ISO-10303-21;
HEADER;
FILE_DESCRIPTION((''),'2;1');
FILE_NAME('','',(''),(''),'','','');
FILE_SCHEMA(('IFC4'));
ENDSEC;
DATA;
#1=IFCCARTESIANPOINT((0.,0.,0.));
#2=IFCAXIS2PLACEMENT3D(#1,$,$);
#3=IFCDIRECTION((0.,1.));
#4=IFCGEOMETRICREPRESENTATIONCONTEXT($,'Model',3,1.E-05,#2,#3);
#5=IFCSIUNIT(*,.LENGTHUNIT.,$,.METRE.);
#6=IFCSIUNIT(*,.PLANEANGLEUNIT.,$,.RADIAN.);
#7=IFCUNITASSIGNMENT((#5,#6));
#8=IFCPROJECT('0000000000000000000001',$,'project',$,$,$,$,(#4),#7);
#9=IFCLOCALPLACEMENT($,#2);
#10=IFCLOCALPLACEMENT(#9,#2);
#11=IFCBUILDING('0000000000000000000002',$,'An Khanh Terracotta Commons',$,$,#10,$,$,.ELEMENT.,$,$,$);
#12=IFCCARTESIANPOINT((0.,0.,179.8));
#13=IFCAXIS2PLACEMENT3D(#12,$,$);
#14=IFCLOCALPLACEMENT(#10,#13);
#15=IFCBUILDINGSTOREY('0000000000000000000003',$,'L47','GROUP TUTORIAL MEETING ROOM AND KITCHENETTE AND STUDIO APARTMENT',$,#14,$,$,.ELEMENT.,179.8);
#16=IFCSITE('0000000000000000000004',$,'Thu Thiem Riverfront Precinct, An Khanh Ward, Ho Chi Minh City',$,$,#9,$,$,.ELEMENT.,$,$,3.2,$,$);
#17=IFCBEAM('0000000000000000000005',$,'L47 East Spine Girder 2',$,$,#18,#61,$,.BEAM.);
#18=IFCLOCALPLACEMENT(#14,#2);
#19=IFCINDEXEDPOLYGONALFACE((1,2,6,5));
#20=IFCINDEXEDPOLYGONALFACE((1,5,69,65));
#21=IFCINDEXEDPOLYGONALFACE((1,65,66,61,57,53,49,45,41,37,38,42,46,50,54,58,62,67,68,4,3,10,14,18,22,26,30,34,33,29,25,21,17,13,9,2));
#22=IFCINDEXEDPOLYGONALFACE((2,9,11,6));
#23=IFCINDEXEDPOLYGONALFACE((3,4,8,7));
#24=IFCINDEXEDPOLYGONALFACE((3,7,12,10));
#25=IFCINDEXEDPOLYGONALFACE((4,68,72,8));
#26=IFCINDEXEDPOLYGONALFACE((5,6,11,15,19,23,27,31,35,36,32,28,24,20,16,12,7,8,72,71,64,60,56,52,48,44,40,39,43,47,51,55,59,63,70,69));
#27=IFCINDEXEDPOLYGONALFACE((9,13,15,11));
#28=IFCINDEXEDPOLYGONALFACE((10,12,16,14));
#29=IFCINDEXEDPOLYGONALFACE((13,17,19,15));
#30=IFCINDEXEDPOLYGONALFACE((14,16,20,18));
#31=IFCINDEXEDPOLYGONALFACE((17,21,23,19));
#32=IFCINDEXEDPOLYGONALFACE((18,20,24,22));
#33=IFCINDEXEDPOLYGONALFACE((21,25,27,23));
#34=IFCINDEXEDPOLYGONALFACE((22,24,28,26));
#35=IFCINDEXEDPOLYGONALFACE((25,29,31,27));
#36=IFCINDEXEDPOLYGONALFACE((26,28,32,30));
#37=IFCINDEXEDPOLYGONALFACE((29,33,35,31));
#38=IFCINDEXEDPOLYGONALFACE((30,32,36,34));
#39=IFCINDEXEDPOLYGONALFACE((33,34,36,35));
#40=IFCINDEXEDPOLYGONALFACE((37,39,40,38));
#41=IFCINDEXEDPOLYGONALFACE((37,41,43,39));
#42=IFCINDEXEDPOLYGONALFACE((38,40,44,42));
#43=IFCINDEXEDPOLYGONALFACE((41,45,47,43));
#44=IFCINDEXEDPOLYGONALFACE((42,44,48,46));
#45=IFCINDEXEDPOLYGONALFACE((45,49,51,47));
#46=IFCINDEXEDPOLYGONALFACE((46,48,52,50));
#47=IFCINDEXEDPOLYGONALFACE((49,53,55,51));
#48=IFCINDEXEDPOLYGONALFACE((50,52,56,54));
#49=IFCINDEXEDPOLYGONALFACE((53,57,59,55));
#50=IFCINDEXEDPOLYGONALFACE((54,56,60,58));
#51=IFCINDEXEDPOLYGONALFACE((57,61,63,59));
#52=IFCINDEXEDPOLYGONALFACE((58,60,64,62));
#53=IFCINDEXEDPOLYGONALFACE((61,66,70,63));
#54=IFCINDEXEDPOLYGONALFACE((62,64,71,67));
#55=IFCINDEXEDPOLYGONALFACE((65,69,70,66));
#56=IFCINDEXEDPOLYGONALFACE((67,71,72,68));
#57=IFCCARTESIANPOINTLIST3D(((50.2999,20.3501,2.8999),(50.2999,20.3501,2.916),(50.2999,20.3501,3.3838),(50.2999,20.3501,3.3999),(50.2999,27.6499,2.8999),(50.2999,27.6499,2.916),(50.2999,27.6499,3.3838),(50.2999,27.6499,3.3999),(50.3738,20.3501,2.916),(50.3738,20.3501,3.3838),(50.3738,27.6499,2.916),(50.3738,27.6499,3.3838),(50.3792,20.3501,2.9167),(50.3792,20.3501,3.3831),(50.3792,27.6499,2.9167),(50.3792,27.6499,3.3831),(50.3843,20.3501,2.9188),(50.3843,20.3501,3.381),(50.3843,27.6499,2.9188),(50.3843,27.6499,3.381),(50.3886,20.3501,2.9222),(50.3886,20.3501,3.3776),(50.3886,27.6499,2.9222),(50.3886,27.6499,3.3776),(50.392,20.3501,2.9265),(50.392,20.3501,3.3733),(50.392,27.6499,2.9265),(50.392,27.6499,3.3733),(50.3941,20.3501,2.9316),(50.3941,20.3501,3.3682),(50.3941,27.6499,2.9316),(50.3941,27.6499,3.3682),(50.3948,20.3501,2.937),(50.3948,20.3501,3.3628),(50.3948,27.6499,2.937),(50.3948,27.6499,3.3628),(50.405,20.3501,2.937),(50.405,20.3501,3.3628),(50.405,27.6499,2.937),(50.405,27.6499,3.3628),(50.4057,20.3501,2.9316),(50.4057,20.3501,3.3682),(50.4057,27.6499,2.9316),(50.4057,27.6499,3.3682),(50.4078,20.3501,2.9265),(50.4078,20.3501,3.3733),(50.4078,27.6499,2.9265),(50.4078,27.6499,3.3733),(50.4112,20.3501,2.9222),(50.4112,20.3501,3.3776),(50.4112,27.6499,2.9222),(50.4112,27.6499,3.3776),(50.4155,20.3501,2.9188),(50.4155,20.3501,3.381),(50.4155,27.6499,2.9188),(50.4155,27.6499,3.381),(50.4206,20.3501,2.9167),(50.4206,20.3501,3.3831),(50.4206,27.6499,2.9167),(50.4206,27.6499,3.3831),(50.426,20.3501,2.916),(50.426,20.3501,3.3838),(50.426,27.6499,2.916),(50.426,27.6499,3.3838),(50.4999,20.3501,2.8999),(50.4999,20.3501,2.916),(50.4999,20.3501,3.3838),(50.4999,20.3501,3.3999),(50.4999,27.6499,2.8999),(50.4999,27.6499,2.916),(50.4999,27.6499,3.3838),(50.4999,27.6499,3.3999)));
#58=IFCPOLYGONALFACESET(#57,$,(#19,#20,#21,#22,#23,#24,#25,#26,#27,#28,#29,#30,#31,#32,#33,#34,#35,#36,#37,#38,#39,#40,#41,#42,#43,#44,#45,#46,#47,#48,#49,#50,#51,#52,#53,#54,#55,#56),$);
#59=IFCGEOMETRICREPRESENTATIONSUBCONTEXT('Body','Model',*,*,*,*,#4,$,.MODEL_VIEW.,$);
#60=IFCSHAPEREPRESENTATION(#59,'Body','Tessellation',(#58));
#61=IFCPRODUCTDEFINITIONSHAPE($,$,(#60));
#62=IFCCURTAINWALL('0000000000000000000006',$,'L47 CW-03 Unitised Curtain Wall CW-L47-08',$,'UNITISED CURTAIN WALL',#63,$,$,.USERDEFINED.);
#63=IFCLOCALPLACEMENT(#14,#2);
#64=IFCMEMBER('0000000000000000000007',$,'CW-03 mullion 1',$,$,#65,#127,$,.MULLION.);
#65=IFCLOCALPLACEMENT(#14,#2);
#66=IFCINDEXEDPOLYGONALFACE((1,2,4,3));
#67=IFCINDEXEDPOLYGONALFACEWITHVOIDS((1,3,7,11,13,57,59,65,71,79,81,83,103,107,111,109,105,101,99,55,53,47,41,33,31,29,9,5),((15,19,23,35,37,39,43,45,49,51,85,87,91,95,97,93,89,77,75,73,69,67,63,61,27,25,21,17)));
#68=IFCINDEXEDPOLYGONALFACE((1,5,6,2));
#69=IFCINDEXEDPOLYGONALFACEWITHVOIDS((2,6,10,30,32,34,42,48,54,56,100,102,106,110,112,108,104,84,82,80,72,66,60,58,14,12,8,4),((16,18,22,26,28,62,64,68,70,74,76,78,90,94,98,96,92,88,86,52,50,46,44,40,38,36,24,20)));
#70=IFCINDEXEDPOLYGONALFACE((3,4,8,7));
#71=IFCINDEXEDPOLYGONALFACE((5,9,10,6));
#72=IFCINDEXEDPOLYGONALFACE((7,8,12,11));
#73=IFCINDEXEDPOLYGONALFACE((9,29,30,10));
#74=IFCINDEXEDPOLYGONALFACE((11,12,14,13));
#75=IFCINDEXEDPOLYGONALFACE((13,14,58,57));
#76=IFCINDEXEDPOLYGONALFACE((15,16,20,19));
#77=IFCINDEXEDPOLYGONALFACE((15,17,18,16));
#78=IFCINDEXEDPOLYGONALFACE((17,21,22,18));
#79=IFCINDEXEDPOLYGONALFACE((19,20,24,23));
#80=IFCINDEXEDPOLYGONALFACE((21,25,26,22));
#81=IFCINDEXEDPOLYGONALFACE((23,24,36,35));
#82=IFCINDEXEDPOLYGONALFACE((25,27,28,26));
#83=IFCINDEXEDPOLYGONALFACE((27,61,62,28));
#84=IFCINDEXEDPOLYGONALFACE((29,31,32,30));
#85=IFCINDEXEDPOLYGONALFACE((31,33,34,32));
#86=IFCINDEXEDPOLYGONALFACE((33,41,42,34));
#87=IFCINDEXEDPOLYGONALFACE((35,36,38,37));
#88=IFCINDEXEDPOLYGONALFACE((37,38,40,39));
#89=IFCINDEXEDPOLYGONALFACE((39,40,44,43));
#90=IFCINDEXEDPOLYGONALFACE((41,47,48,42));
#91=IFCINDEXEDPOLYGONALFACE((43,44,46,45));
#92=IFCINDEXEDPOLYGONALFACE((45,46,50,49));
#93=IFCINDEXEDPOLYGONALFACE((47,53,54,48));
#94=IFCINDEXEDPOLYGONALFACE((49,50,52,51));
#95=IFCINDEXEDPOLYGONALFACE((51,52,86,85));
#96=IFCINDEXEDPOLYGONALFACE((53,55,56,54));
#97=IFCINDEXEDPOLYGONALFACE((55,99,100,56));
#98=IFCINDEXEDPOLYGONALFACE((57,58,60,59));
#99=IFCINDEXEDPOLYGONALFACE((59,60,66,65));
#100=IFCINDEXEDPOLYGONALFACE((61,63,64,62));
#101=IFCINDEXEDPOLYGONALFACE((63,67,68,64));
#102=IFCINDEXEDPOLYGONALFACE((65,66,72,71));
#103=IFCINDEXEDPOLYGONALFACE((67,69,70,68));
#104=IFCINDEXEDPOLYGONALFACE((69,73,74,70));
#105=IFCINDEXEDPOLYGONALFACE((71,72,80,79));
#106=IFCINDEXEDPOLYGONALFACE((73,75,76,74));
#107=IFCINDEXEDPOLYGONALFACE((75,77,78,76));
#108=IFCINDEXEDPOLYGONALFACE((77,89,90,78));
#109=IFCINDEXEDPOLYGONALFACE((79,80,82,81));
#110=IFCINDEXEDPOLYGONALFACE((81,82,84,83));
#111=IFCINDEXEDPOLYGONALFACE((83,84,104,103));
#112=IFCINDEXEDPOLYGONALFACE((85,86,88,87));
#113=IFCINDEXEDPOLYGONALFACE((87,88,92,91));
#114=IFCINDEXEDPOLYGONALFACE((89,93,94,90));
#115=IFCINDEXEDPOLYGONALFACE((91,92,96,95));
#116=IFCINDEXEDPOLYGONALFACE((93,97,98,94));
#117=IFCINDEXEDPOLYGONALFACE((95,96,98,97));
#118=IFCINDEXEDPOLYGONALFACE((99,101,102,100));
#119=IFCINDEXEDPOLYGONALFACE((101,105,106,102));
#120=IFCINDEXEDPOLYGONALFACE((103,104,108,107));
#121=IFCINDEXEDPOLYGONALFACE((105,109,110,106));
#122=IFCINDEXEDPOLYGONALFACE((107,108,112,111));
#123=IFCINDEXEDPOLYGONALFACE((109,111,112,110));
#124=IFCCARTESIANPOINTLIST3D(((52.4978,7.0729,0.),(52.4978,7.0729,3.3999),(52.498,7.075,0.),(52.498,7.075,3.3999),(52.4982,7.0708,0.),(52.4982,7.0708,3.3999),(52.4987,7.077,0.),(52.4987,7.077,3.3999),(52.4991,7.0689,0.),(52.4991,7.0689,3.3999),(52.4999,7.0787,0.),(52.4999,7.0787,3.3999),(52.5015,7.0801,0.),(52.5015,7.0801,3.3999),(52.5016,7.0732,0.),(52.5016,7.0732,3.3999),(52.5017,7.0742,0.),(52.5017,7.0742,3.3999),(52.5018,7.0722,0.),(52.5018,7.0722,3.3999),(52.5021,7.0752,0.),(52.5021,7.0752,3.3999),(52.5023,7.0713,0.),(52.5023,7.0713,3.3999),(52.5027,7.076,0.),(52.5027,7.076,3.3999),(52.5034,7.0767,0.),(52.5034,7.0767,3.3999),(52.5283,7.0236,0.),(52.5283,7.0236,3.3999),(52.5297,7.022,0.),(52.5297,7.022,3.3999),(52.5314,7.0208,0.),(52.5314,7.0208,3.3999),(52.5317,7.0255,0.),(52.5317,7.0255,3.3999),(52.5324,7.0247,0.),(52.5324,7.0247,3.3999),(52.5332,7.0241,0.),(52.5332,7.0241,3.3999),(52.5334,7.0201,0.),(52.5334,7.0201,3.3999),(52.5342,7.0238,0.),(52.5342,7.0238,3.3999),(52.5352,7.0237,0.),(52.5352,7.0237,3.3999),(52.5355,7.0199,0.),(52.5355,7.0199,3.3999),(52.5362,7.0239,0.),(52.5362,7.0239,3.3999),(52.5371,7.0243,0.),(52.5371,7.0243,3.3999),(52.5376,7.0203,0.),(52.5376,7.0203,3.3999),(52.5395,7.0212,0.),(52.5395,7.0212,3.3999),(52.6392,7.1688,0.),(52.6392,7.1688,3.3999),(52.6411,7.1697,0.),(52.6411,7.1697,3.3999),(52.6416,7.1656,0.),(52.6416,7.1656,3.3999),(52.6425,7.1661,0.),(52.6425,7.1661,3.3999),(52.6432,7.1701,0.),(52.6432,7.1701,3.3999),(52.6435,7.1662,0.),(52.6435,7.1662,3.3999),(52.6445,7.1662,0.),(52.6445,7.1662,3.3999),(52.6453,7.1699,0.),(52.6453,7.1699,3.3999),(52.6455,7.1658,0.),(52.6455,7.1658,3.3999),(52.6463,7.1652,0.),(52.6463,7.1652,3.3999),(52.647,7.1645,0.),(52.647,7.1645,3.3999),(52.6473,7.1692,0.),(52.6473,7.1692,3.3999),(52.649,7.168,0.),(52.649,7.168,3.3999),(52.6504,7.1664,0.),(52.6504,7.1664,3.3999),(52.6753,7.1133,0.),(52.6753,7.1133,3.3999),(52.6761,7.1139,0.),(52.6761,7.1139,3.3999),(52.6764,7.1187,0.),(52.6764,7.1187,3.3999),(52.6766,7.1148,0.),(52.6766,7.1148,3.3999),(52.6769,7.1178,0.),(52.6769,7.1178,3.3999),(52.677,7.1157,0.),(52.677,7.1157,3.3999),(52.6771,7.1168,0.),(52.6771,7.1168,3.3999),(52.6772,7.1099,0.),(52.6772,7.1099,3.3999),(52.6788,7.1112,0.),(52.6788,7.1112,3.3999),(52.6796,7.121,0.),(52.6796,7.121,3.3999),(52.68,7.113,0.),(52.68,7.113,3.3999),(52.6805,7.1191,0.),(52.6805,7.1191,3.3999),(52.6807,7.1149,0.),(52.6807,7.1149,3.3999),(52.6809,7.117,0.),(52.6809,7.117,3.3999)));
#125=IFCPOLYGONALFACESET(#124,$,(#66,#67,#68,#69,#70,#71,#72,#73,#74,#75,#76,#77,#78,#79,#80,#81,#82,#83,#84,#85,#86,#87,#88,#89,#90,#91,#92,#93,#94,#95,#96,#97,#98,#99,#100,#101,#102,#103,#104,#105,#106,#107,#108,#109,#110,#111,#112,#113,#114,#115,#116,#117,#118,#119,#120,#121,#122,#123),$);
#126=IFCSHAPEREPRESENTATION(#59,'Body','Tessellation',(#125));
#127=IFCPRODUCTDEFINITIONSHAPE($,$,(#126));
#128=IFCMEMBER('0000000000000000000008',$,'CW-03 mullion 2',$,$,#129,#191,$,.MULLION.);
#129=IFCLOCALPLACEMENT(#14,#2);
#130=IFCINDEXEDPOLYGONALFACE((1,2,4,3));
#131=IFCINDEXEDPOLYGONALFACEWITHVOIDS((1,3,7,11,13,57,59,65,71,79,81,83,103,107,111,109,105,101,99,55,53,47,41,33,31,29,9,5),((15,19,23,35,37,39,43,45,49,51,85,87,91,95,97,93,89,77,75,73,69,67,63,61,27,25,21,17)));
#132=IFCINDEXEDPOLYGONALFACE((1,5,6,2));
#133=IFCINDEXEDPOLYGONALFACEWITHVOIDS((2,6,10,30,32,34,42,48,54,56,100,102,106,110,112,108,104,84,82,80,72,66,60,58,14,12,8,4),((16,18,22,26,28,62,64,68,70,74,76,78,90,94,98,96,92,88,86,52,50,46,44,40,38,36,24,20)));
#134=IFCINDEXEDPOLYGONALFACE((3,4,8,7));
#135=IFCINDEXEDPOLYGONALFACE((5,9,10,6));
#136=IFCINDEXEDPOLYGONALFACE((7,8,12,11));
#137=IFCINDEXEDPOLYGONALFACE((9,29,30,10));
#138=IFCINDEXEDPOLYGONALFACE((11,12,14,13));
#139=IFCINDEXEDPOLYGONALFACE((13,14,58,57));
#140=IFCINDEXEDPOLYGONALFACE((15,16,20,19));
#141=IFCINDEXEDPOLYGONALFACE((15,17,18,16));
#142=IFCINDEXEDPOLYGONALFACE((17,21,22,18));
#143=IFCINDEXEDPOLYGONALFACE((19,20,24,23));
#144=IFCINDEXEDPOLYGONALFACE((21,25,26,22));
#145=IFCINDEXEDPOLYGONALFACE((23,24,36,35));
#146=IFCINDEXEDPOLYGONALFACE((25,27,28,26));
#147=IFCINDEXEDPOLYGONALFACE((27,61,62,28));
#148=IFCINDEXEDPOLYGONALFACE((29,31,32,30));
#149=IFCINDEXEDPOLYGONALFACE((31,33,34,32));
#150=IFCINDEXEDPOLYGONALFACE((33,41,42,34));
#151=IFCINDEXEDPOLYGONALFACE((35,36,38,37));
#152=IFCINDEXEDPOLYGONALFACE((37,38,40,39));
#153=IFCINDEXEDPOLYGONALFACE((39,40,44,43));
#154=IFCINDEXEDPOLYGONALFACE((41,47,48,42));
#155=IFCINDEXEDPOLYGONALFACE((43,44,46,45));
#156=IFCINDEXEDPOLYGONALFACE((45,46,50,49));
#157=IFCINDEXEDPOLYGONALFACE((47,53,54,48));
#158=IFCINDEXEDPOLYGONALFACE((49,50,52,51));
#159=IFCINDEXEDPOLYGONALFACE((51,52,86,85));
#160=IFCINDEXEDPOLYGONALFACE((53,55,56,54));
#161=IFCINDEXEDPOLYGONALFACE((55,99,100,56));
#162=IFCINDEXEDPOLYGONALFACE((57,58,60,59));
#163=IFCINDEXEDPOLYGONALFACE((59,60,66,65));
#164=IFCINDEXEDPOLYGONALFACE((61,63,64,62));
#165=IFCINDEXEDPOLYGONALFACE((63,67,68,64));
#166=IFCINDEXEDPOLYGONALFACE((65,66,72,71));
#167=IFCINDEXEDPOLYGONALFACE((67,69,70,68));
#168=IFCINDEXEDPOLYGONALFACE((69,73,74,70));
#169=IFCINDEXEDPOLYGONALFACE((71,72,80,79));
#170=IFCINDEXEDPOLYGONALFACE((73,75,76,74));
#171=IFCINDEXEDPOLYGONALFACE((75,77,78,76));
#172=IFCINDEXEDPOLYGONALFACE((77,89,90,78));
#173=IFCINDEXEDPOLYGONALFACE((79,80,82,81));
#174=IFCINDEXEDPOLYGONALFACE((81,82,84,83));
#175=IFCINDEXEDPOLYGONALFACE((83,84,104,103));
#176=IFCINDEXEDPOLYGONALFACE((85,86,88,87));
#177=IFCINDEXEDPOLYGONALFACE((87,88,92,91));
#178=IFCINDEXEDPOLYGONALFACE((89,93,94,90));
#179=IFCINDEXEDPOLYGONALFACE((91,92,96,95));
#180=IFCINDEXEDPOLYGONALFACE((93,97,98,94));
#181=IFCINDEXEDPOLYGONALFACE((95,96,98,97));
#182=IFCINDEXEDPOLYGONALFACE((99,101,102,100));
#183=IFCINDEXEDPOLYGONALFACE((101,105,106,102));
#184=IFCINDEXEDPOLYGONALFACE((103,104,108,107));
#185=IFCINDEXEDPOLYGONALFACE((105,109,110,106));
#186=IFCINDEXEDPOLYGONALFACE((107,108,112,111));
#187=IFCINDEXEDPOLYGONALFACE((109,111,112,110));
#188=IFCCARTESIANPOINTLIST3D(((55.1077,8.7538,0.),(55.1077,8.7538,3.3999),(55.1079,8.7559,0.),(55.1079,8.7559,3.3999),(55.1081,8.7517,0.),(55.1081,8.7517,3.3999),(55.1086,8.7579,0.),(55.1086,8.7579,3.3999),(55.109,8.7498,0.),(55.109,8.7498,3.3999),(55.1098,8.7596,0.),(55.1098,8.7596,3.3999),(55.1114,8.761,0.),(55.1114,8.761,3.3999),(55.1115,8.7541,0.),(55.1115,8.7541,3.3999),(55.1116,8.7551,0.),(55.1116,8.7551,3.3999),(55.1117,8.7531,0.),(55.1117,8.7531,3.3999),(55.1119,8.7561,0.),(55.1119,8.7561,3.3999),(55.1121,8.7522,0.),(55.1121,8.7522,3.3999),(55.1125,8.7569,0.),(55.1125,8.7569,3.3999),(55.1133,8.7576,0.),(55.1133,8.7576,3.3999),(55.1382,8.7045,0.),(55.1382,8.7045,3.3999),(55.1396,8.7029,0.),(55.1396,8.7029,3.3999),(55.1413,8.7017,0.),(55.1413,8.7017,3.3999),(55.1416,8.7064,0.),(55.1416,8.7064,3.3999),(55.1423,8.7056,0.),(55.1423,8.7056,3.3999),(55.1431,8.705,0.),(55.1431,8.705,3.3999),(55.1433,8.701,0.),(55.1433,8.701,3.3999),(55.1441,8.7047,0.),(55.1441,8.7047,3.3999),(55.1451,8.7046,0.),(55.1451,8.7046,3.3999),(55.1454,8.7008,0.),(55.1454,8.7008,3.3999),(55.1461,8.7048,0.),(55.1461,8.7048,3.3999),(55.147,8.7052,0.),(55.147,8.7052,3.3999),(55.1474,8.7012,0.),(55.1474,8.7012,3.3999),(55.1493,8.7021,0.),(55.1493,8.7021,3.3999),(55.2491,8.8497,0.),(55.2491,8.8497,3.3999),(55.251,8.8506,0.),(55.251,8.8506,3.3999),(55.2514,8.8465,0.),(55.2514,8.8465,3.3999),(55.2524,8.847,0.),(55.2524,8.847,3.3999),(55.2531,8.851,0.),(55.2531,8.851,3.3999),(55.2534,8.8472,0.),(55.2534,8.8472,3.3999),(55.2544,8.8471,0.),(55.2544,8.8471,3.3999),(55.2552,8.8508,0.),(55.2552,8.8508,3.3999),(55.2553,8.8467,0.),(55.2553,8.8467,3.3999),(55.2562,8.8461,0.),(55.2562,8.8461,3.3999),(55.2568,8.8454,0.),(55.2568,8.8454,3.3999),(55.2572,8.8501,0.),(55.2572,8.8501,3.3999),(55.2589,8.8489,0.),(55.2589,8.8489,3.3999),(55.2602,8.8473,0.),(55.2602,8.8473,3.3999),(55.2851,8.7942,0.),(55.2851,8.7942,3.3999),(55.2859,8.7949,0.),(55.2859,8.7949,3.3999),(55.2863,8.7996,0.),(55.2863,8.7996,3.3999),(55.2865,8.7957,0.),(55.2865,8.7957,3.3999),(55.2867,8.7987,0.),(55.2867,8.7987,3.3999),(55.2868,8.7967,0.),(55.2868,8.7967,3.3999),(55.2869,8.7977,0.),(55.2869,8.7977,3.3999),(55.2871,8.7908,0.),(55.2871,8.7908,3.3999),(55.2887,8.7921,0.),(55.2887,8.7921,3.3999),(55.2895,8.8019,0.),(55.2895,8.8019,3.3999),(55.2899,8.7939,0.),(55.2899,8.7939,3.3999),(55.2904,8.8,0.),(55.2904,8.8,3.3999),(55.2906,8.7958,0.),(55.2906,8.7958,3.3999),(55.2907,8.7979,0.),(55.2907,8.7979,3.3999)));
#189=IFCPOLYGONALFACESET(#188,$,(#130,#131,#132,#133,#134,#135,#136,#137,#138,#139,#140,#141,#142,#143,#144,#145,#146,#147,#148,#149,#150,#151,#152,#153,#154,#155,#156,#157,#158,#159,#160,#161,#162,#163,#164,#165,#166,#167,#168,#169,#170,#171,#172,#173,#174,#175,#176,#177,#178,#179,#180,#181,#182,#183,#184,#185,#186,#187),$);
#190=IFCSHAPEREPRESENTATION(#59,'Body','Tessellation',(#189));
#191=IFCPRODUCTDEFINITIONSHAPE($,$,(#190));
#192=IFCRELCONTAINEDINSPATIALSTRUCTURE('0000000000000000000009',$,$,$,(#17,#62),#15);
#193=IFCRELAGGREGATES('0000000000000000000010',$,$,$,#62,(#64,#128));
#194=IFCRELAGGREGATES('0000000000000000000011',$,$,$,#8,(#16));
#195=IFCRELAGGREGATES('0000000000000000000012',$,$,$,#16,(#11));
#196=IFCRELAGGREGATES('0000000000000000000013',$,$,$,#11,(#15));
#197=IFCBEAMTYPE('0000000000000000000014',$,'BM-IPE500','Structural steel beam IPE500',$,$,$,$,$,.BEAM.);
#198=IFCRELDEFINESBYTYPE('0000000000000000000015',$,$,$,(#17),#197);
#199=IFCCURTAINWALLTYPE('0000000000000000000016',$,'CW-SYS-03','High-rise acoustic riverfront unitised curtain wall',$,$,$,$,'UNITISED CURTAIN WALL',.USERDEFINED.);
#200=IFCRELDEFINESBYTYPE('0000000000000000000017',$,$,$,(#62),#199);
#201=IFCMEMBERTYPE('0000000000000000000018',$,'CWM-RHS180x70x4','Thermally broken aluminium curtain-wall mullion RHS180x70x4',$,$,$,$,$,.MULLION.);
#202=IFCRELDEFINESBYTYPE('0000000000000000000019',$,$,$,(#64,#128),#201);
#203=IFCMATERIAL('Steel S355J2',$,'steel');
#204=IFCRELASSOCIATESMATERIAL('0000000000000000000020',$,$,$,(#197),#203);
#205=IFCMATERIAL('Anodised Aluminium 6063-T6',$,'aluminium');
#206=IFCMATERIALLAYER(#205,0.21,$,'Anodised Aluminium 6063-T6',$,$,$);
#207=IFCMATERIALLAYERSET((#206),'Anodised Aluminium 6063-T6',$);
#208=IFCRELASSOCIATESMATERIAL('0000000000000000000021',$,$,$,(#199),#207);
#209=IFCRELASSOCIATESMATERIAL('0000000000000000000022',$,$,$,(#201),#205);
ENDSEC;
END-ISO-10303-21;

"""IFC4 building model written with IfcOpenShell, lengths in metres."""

from ifc_helpers import new_model, si_unit, direction, frame, origin, origin_2d, place, context, subcontext, project, spatial, hollow_rectangle, i_section, extrude, material, layer, layer_set, material_profile, profile_set, type_object, element, aggregate, save


model = new_model("IFC4")

# Units and contexts
model_context = context("Model", 3, precision=1e-05, world=origin(), true_north=direction((0.0, 1.0)))
body_context = subcontext(model_context, "Body", "Model", "MODEL_VIEW")
ifc_project = project(units=[si_unit("LENGTHUNIT", "METRE"), si_unit("PLANEANGLEUNIT", "RADIAN")], contexts=[model_context])

# Site, building, storey
site_placement = place(None, origin())
site = spatial("IfcSite", under=ifc_project, at=site_placement, Name="Thu Thiem Riverfront Precinct, An Khanh Ward, Ho Chi Minh City", CompositionType="ELEMENT", RefElevation=3.2)
building_placement = place(site_placement, origin())
building = spatial("IfcBuilding", under=site, at=building_placement, Name="An Khanh Terracotta Commons", CompositionType="ELEMENT")
storey_placement = place(building_placement, frame((0.0, 0.0, 179.8)))
storey = spatial("IfcBuildingStorey", under=building, at=storey_placement, Name="L47", Description="GROUP TUTORIAL MEETING ROOM AND KITCHENETTE AND STUDIO APARTMENT", CompositionType="ELEMENT", Elevation=179.8)

# Beam
ifc_material_1 = material(Name="Steel S355J2", Category="steel")
ifc_material_profile_1 = material_profile(ifc_material_1, i_section(OverallWidth=0.2, OverallDepth=0.5, WebThickness=0.0103, FlangeThickness=0.0161, FilletRadius=0.021, at=origin_2d()), Name="IPE500")
ifc_profile_set_1 = profile_set([ifc_material_profile_1], Name="Steel S355J2")
beam_type_1 = type_object("IfcBeamType", Name="BM-IPE500", Description="Structural steel beam IPE500", PredefinedType="BEAM", material=ifc_profile_set_1)
beam_1_placement = place(storey_placement, frame((50.3999, 20.3501, 3.1499), z_axis=(0.0, 1.0, 0.0), x_axis=(-1.0, 0.0, 0.0)))
element("IfcBeam", 1, at=beam_1_placement, inside=storey, type_object=beam_type_1, Name="L47 East Spine Girder 2", PredefinedType="BEAM", context=body_context, shape_type="SweptSolid", body=[
    extrude(i_section(OverallWidth=0.2, OverallDepth=0.5, WebThickness=0.0103, FlangeThickness=0.0161, FilletRadius=0.021, at=origin_2d()), origin(), (0.0, 0.0, 1.0), 7.2998),
])

# Curtain wall, members
ifc_material_2 = material(Name="Anodised Aluminium 6063-T6", Category="aluminium")
ifc_layer_1 = layer(ifc_material_2, 0.21, Name="Anodised Aluminium 6063-T6")
ifc_layer_set_1 = layer_set([ifc_layer_1], Name="Anodised Aluminium 6063-T6")
curtain_wall_type = type_object("IfcCurtainWallType", Name="CW-SYS-03", Description="High-rise acoustic riverfront unitised curtain wall", ElementType="UNITISED CURTAIN WALL", PredefinedType="USERDEFINED", material=ifc_layer_set_1)
curtain_wall_placement = place(storey_placement, origin())
curtain_wall = element("IfcCurtainWall", 2, at=curtain_wall_placement, inside=storey, type_object=curtain_wall_type, Name="L47 CW-03 Unitised Curtain Wall CW-L47-08", ObjectType="UNITISED CURTAIN WALL", PredefinedType="USERDEFINED")
ifc_material_profile_2 = material_profile(ifc_material_2, hollow_rectangle(XDim=0.0701, YDim=0.1799, WallThickness=0.0039, InnerFilletRadius=0.0039, OuterFilletRadius=0.0081, at=origin_2d()), Name="RHS180x70x4")
ifc_profile_set_2 = profile_set([ifc_material_profile_2], Name="Anodised Aluminium 6063-T6")
member_type_1 = type_object("IfcMemberType", Name="CWM-RHS180x70x4", Description="Thermally broken aluminium curtain-wall mullion RHS180x70x4", PredefinedType="MULLION", material=ifc_profile_set_2)
member_1_placement = place(storey_placement, frame((52.5894, 7.095, 0.0), z_axis=(0.0, 0.0, 1.0), x_axis=(-0.541498, 0.840702, 0.0)))
member_1 = element("IfcMember", 3, at=member_1_placement, type_object=member_type_1, Name="CW-03 mullion 1", PredefinedType="MULLION", context=body_context, shape_type="SweptSolid", body=[
    extrude(hollow_rectangle(XDim=0.0701, YDim=0.1799, WallThickness=0.0039, InnerFilletRadius=0.0039, OuterFilletRadius=0.0081, at=origin_2d()), origin(), (0.0, 0.0, 1.0), 3.3999),
])
member_2_placement = place(storey_placement, frame((55.1992, 8.7759, 0.0), z_axis=(0.0, 0.0, 1.0), x_axis=(-0.541498, 0.840702, 0.0)))
member_2 = element("IfcMember", 4, at=member_2_placement, type_object=member_type_1, Name="CW-03 mullion 2", PredefinedType="MULLION", context=body_context, shape_type="SweptSolid", body=[
    extrude(hollow_rectangle(XDim=0.0701, YDim=0.1799, WallThickness=0.0039, InnerFilletRadius=0.0039, OuterFilletRadius=0.0081, at=origin_2d()), origin(), (0.0, 0.0, 1.0), 3.3999),
])
aggregate(curtain_wall, [member_1, member_2])

save(model, "model.ifc")
